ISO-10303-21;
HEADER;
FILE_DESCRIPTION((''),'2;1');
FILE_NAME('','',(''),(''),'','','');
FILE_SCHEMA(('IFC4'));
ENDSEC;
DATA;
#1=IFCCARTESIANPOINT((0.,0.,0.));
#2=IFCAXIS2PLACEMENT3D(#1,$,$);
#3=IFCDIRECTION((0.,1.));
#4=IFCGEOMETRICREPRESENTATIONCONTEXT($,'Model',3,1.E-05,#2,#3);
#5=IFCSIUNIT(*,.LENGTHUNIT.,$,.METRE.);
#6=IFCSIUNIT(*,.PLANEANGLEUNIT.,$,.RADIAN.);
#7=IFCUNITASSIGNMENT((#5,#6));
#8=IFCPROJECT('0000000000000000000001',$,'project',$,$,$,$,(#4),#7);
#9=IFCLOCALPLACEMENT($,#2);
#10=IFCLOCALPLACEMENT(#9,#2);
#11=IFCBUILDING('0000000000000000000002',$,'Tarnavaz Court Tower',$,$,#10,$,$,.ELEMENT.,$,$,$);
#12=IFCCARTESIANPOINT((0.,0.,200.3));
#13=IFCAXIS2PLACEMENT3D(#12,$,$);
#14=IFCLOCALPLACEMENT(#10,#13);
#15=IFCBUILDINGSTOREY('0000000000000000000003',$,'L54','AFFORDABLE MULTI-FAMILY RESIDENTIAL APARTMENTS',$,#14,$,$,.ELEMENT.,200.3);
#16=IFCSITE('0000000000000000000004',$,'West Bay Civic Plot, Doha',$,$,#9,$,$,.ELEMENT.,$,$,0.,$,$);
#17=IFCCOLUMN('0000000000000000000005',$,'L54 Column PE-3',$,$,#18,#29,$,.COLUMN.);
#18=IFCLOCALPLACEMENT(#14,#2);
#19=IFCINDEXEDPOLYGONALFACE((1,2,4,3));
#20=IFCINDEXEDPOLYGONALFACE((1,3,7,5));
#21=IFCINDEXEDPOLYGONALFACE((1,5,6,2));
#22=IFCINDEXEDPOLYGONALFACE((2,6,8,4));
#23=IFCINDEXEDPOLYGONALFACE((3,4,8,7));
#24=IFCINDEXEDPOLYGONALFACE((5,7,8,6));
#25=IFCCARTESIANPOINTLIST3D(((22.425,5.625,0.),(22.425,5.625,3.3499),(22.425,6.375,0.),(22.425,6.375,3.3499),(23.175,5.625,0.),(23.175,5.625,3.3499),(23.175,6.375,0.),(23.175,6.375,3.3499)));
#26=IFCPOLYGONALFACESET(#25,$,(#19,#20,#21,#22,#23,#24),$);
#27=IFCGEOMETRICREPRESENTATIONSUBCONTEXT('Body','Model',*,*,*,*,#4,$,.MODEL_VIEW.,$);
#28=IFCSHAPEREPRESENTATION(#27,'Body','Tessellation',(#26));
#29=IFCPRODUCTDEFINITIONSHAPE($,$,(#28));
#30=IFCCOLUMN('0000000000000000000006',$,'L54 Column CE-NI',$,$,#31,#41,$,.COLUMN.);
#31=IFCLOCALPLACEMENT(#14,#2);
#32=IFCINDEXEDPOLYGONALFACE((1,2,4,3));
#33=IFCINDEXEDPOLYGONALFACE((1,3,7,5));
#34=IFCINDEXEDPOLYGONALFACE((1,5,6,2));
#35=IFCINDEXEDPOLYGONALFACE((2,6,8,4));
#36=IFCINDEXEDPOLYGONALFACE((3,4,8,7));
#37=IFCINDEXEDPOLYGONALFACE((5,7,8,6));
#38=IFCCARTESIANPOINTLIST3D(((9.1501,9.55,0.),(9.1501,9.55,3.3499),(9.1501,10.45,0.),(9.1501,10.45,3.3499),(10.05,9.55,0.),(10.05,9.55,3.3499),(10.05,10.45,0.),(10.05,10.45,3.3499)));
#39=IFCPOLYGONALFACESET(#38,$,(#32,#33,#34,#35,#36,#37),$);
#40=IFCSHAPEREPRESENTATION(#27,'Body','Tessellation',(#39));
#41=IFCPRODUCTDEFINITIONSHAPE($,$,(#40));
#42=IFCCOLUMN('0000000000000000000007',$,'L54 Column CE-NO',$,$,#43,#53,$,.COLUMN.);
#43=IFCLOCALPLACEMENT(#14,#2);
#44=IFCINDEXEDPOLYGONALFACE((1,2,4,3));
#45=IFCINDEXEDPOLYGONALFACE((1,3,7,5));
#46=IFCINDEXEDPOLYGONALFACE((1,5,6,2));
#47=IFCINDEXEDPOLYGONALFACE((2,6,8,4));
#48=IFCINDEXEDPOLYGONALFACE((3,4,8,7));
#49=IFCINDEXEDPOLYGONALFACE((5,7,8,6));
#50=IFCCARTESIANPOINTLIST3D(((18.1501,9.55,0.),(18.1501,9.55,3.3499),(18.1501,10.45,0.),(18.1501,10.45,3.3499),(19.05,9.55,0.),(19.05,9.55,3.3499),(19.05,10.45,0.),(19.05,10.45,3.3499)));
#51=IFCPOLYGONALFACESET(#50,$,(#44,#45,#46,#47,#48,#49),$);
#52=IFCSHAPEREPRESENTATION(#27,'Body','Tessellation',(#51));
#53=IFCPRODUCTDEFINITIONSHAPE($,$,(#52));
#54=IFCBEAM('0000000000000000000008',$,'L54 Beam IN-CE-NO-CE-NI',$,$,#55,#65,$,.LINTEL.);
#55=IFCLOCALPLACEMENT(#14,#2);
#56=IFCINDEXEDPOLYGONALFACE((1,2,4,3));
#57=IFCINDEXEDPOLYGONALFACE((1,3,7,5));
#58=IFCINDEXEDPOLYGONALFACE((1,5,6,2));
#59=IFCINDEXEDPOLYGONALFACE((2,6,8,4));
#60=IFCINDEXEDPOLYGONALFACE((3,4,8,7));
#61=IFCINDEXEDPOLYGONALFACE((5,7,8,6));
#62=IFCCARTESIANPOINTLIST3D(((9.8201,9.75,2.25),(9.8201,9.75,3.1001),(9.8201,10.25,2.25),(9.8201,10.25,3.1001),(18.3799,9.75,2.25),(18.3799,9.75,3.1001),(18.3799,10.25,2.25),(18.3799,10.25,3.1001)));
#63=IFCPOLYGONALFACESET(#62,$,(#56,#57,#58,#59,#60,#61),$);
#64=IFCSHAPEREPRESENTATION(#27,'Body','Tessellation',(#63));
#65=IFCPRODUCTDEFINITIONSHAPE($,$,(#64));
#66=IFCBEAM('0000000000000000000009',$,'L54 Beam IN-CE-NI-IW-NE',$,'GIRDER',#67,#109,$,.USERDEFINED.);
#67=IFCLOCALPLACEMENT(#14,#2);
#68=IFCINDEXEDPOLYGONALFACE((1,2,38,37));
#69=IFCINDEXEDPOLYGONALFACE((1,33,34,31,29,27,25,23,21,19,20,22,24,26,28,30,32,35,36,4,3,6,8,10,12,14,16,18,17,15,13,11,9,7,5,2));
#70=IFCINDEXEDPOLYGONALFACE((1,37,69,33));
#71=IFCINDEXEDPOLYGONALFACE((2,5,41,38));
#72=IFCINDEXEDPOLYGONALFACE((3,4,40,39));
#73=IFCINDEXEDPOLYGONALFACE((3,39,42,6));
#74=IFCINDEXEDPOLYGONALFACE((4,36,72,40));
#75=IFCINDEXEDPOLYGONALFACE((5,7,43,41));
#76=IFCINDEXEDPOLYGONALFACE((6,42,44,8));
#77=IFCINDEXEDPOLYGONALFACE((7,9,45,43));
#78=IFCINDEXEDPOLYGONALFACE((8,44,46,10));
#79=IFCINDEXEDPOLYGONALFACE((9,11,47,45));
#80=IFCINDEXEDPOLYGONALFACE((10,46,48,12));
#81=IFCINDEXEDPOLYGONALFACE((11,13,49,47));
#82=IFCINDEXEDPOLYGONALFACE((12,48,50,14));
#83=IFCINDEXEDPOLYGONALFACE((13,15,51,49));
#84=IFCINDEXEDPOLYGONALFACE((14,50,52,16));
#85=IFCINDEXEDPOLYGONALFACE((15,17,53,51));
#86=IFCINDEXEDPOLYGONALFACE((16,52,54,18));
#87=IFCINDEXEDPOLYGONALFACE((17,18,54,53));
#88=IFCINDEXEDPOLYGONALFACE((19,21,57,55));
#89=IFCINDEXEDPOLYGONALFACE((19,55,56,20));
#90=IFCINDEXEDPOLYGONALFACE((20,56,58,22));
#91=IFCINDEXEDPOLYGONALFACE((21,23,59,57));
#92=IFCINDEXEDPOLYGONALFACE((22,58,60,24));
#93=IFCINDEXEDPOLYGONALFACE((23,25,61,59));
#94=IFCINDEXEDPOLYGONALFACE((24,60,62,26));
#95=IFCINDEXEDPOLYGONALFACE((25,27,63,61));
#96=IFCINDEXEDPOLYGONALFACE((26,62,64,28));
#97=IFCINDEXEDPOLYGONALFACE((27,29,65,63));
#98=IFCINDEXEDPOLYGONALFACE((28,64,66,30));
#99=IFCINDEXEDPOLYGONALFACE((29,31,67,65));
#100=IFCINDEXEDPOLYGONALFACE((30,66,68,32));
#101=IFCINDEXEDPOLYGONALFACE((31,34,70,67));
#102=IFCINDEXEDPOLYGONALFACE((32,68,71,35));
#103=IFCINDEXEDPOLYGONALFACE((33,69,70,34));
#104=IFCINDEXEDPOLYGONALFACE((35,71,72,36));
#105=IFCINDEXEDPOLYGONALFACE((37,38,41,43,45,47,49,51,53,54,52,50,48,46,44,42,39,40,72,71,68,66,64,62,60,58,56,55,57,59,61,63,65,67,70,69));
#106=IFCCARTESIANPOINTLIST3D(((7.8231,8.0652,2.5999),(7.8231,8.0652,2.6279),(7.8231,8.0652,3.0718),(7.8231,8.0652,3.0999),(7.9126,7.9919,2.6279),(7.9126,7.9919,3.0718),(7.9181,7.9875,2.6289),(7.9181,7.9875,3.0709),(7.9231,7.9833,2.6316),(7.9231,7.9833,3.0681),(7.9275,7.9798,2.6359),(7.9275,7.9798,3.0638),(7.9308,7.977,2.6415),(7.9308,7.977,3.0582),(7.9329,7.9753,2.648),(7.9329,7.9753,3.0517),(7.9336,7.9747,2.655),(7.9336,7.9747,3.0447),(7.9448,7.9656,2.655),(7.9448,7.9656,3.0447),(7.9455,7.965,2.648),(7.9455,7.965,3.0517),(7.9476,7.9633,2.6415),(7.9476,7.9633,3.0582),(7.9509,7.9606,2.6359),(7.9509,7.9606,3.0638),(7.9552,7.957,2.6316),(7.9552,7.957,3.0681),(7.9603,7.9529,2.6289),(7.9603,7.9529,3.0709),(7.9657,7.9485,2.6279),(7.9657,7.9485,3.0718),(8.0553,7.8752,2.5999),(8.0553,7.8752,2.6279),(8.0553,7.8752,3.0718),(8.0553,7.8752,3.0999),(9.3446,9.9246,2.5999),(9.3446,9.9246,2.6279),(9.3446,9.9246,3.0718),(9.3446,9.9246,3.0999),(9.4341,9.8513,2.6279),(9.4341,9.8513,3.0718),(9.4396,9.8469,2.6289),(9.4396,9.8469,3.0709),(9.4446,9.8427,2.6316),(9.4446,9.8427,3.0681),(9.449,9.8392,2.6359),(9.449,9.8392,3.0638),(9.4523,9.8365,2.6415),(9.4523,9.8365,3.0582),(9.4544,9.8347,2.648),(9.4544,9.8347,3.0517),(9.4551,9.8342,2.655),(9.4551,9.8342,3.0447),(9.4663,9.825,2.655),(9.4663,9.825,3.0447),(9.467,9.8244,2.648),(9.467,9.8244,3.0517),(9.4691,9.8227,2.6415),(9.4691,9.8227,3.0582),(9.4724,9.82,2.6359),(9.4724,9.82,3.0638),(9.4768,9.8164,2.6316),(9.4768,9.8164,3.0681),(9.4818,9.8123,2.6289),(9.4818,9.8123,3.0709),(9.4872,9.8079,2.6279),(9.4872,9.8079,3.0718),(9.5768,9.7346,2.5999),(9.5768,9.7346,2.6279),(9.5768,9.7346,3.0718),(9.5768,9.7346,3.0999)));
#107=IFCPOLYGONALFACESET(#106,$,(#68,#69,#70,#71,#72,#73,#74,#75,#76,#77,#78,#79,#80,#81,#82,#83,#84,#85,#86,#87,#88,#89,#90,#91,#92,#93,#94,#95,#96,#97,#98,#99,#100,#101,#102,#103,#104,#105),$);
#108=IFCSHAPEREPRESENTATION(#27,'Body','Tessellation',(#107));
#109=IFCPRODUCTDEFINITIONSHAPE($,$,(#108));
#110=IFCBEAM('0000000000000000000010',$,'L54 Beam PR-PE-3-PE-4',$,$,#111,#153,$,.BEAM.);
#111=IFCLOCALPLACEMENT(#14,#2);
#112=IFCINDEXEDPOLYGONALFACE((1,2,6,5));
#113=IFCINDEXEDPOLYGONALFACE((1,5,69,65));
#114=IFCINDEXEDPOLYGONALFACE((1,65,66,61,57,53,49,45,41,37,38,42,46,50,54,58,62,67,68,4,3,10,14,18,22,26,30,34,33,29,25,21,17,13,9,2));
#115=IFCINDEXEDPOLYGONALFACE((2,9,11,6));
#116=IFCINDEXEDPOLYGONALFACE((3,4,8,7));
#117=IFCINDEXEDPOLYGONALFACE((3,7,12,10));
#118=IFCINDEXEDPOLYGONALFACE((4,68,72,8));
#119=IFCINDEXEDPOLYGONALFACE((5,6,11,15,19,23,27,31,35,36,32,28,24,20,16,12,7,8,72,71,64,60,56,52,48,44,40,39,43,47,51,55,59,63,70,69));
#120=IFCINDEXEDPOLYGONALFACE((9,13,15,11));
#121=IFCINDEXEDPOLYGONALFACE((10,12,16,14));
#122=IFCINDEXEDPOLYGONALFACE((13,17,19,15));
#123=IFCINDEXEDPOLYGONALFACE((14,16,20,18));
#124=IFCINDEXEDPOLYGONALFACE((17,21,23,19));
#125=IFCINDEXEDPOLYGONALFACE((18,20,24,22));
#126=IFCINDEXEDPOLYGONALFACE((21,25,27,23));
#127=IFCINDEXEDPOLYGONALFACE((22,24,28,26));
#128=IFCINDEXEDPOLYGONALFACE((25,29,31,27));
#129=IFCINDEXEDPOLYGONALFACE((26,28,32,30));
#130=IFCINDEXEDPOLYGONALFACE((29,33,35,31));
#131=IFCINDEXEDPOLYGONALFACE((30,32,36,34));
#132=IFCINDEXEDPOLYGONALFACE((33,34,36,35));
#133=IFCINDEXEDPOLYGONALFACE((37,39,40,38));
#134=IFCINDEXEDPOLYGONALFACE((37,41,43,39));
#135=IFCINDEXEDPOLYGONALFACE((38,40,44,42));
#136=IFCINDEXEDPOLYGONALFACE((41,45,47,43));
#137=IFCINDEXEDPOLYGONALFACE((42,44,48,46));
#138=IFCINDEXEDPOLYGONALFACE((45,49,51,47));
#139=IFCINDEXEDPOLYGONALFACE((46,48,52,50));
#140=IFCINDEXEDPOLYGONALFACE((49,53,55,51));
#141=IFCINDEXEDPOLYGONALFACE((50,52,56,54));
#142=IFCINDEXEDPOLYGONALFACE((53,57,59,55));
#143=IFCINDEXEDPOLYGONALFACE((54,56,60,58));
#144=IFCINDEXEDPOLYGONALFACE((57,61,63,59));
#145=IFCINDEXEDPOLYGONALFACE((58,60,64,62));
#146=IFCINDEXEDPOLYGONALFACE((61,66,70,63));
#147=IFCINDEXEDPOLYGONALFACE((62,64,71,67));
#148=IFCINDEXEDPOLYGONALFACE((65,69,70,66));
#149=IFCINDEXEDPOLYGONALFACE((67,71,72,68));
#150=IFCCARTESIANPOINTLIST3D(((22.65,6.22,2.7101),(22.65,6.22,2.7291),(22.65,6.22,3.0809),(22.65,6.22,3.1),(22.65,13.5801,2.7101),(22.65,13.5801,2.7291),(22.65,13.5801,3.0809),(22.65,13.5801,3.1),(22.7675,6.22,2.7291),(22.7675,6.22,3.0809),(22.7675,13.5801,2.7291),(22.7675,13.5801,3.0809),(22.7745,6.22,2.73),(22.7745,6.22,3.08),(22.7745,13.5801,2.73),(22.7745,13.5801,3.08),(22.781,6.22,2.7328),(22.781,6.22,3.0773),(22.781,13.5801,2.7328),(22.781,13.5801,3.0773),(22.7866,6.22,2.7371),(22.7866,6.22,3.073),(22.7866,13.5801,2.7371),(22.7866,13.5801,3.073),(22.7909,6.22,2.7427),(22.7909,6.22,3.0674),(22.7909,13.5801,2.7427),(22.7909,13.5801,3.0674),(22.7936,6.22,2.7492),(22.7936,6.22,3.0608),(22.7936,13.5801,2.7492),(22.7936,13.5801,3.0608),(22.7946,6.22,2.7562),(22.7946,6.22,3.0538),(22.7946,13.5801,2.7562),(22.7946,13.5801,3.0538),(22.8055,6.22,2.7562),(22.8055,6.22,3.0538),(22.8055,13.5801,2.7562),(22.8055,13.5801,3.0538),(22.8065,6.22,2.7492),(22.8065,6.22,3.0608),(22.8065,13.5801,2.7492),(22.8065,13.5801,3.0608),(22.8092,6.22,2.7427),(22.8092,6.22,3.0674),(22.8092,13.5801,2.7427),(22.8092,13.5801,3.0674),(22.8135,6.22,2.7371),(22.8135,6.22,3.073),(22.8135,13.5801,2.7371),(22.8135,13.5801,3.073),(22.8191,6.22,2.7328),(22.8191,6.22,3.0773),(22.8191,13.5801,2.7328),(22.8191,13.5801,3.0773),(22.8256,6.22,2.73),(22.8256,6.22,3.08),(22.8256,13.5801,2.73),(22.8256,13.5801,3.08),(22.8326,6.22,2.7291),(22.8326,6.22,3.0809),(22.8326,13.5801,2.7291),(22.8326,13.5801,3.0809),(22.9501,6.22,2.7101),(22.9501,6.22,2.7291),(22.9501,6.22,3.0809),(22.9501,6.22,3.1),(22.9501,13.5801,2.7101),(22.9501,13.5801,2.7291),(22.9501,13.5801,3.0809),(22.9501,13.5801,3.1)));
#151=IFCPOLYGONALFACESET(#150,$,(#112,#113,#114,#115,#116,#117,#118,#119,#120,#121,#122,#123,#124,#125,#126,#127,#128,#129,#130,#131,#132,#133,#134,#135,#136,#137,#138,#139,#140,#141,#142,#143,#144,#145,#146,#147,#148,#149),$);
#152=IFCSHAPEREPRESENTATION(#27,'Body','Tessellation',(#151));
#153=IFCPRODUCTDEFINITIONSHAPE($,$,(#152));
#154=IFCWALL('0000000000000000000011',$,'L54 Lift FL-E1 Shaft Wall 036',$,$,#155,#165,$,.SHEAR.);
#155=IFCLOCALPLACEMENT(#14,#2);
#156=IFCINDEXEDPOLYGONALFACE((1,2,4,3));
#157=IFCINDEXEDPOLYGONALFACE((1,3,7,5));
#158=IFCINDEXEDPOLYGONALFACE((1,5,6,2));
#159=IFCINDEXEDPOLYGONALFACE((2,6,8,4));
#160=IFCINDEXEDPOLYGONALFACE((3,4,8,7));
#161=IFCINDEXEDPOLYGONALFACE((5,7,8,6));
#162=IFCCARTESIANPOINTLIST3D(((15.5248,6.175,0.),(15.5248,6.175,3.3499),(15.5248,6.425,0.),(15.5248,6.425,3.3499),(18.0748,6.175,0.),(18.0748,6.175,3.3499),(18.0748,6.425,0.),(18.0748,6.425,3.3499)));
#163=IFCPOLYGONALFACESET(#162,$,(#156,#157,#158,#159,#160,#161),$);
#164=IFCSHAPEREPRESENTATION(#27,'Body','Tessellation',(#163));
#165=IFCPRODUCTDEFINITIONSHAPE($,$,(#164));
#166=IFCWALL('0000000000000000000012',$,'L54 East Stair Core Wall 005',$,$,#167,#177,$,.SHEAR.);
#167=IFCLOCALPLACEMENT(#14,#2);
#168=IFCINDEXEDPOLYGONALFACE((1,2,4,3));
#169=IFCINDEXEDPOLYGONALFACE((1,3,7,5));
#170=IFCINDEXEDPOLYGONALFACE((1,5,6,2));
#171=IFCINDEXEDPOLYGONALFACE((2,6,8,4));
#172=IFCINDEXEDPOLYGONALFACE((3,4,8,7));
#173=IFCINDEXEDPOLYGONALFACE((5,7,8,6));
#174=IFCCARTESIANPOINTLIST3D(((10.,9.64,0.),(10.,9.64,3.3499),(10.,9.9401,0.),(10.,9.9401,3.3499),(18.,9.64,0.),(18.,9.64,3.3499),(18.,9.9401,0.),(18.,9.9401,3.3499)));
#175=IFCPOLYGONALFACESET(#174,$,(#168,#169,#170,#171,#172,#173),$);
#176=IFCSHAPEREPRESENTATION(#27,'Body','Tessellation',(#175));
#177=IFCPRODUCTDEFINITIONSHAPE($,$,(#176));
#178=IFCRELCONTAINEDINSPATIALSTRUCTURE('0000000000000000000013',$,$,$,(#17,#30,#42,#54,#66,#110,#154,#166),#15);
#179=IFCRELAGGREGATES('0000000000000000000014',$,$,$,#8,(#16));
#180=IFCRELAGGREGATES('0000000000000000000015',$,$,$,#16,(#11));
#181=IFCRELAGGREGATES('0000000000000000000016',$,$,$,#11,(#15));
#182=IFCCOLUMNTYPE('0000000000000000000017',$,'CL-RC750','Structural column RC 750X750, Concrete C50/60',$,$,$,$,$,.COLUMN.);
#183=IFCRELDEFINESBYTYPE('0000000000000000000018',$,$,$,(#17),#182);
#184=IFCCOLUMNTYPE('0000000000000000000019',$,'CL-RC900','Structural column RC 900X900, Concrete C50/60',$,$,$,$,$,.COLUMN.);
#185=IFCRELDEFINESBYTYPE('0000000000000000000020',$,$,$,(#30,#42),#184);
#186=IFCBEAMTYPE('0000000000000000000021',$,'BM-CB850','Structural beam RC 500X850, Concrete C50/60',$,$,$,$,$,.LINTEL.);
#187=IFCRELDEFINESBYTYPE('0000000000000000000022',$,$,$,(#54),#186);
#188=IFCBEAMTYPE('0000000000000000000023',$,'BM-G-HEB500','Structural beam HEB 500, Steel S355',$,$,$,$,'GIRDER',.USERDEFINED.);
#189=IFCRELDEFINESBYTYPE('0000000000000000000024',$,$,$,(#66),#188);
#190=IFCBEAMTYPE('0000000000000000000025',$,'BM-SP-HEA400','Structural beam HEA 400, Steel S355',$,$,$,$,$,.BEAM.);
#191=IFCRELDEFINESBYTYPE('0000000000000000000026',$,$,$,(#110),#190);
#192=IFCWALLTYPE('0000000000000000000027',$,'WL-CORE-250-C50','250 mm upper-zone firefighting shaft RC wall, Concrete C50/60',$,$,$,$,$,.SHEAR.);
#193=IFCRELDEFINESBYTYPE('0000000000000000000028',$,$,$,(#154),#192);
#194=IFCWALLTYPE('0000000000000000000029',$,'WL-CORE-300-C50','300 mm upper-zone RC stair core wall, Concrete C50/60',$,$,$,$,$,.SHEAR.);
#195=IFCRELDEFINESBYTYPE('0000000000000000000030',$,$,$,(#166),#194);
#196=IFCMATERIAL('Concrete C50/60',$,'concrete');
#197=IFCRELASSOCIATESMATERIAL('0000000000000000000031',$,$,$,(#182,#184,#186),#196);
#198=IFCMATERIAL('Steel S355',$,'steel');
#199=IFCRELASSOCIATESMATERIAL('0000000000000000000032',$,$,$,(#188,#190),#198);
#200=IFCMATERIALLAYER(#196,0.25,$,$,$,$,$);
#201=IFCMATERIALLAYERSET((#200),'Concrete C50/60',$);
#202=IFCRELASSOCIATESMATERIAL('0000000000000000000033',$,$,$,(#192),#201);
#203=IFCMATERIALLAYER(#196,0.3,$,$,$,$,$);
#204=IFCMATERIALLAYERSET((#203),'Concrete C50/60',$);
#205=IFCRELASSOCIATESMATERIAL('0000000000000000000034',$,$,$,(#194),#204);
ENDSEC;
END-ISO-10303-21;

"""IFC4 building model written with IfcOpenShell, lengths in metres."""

from ifc_helpers import new_model, si_unit, direction, frame, frame_2d, origin, origin_2d, place, context, subcontext, project, spatial, rectangle, i_section, extrude, material, layer, layer_set, material_profile, profile_set, type_object, element, save


model = new_model("IFC4")

# Units and contexts
model_context = context("Model", 3, precision=1e-05, world=origin(), true_north=direction((0.0, 1.0)))
body_context = subcontext(model_context, "Body", "Model", "MODEL_VIEW")
ifc_project = project(units=[si_unit("LENGTHUNIT", "METRE"), si_unit("PLANEANGLEUNIT", "RADIAN")], contexts=[model_context])

# Site, building, storey
site_placement = place(None, origin())
site = spatial("IfcSite", under=ifc_project, at=site_placement, Name="West Bay Civic Plot, Doha", CompositionType="ELEMENT", RefElevation=0.0)
building_placement = place(site_placement, origin())
building = spatial("IfcBuilding", under=site, at=building_placement, Name="Tarnavaz Court Tower", CompositionType="ELEMENT")
storey_placement = place(building_placement, frame((0.0, 0.0, 200.3)))
storey = spatial("IfcBuildingStorey", under=building, at=storey_placement, Name="L54", Description="AFFORDABLE MULTI-FAMILY RESIDENTIAL APARTMENTS", CompositionType="ELEMENT", Elevation=200.3)

# Columns
ifc_material_1 = material(Name="Concrete C50/60", Category="concrete")
ifc_material_profile_1 = material_profile(ifc_material_1, rectangle(XDim=0.75, YDim=0.75, at=origin_2d()), Name="RC 750X750")
ifc_profile_set_1 = profile_set([ifc_material_profile_1], Name="Concrete C50/60")
column_type_1 = type_object("IfcColumnType", Name="CL-RC750", Description="Structural column RC 750X750, Concrete C50/60", PredefinedType="COLUMN", material=ifc_profile_set_1)
column_placement = place(storey_placement, frame((22.8, 6.0, 0.0), z_axis=(0.0, 0.0, 1.0), x_axis=(1.0, 0.0, 0.0)))
element("IfcColumn", 1, at=column_placement, inside=storey, type_object=column_type_1, Name="L54 Column PE-3", PredefinedType="COLUMN", context=body_context, shape_type="SweptSolid", body=[
    extrude(rectangle(XDim=0.75, YDim=0.75, at=origin_2d()), origin(), (0.0, 0.0, 1.0), 3.3499),
])
ifc_material_profile_2 = material_profile(ifc_material_1, rectangle(XDim=0.8999, YDim=0.8999, at=origin_2d()), Name="RC 900X900")
ifc_profile_set_2 = profile_set([ifc_material_profile_2], Name="Concrete C50/60")
column_type_2 = type_object("IfcColumnType", Name="CL-RC900", Description="Structural column RC 900X900, Concrete C50/60", PredefinedType="COLUMN", material=ifc_profile_set_2)
for number, where, z_axis, x_axis, name in (
    (2, (9.6001, 10.0, 0.0), (0.0, 0.0, 1.0), (1.0, 0.0, 0.0), "L54 Column CE-NI"),
    (3, (18.6001, 10.0, 0.0), (0.0, 0.0, 1.0), (1.0, 0.0, 0.0), "L54 Column CE-NO"),
):
    element("IfcColumn", number, at=place(storey_placement, frame(where, z_axis=z_axis, x_axis=x_axis)), inside=storey, type_object=column_type_2, Name=name, PredefinedType="COLUMN", context=body_context, shape_type="SweptSolid", body=[
        extrude(rectangle(XDim=0.8999, YDim=0.8999, at=origin_2d()), origin(), (0.0, 0.0, 1.0), 3.3499),
    ])

# Beams
ifc_material_profile_3 = material_profile(ifc_material_1, rectangle(XDim=0.5, YDim=0.8501, at=origin_2d()), Name="RC 500X850")
ifc_profile_set_3 = profile_set([ifc_material_profile_3], Name="Concrete C50/60")
beam_type_1 = type_object("IfcBeamType", Name="BM-CB850", Description="Structural beam RC 500X850, Concrete C50/60", PredefinedType="LINTEL", material=ifc_profile_set_3)
beam_1_placement = place(storey_placement, frame((18.3799, 10.0, 2.675), z_axis=(-1.0, 0.0, 0.0), x_axis=(0.0, -1.0, 0.0)))
element("IfcBeam", 4, at=beam_1_placement, inside=storey, type_object=beam_type_1, Name="L54 Beam IN-CE-NO-CE-NI", PredefinedType="LINTEL", context=body_context, shape_type="SweptSolid", body=[
    extrude(rectangle(XDim=0.5, YDim=0.8501, at=origin_2d()), origin(), (0.0, 0.0, 1.0), 8.5598),
])
ifc_material_2 = material(Name="Steel S355", Category="steel")
ifc_material_profile_4 = material_profile(ifc_material_2, i_section(OverallWidth=0.3, OverallDepth=0.5, WebThickness=0.0144, FlangeThickness=0.0281, FilletRadius=0.0271, at=origin_2d()), Name="HEB 500")
ifc_profile_set_4 = profile_set([ifc_material_profile_4], Name="Steel S355")
beam_type_2 = type_object("IfcBeamType", Name="BM-G-HEB500", Description="Structural beam HEB 500, Steel S355", ElementType="GIRDER", PredefinedType="USERDEFINED", material=ifc_profile_set_4)
beam_2_placement = place(storey_placement, frame((9.4607, 9.8296, 2.8499), z_axis=(-0.633282, -0.773921, 0.0), x_axis=(0.773921, -0.633282, 0.0)))
element("IfcBeam", 5, at=beam_2_placement, inside=storey, type_object=beam_type_2, Name="L54 Beam IN-CE-NI-IW-NE", ObjectType="GIRDER", PredefinedType="USERDEFINED", context=body_context, shape_type="SweptSolid", body=[
    extrude(i_section(OverallWidth=0.3, OverallDepth=0.5, WebThickness=0.0144, FlangeThickness=0.0281, FilletRadius=0.0271, at=origin_2d()), origin(), (0.0, 0.0, 1.0), 2.4026),
])
ifc_material_profile_5 = material_profile(ifc_material_2, i_section(OverallWidth=0.3, OverallDepth=0.3899, WebThickness=0.011, FlangeThickness=0.019, FilletRadius=0.0271, at=origin_2d()), Name="HEA 400")
ifc_profile_set_5 = profile_set([ifc_material_profile_5], Name="Steel S355")
beam_type_3 = type_object("IfcBeamType", Name="BM-SP-HEA400", Description="Structural beam HEA 400, Steel S355", PredefinedType="BEAM", material=ifc_profile_set_5)
beam_3_placement = place(storey_placement, frame((22.8, 6.22, 2.905), z_axis=(0.0, 1.0, 0.0), x_axis=(-1.0, 0.0, 0.0)))
element("IfcBeam", 6, at=beam_3_placement, inside=storey, type_object=beam_type_3, Name="L54 Beam PR-PE-3-PE-4", PredefinedType="BEAM", context=body_context, shape_type="SweptSolid", body=[
    extrude(i_section(OverallWidth=0.3, OverallDepth=0.3899, WebThickness=0.011, FlangeThickness=0.019, FilletRadius=0.0271, at=origin_2d()), origin(), (0.0, 0.0, 1.0), 7.3601),
])

# Walls
ifc_layer_1 = layer(ifc_material_1, 0.25)
ifc_layer_set_1 = layer_set([ifc_layer_1], Name="Concrete C50/60")
wall_type_1 = type_object("IfcWallType", Name="WL-CORE-250-C50", Description="250 mm upper-zone firefighting shaft RC wall, Concrete C50/60", PredefinedType="SHEAR", material=ifc_layer_set_1)
wall_1_placement = place(storey_placement, frame((15.5249, 6.3, 0.0), z_axis=(0.0, 0.0, 1.0), x_axis=(1.0, 0.0, 0.0)))
element("IfcWall", 7, at=wall_1_placement, inside=storey, type_object=wall_type_1, Name="L54 Lift FL-E1 Shaft Wall 036", PredefinedType="SHEAR", context=body_context, shape_type="SweptSolid", body=[
    extrude(rectangle(XDim=2.55, YDim=0.25, at=frame_2d((1.2749, 0.0))), origin(), (0.0, 0.0, 1.0), 3.3499),
])
ifc_layer_2 = layer(ifc_material_1, 0.3)
ifc_layer_set_2 = layer_set([ifc_layer_2], Name="Concrete C50/60")
wall_type_2 = type_object("IfcWallType", Name="WL-CORE-300-C50", Description="300 mm upper-zone RC stair core wall, Concrete C50/60", PredefinedType="SHEAR", material=ifc_layer_set_2)
wall_2_placement = place(storey_placement, frame((10.0, 9.79, 0.0), z_axis=(0.0, 0.0, 1.0), x_axis=(1.0, 0.0, 0.0)))
element("IfcWall", 8, at=wall_2_placement, inside=storey, type_object=wall_type_2, Name="L54 East Stair Core Wall 005", PredefinedType="SHEAR", context=body_context, shape_type="SweptSolid", body=[
    extrude(rectangle(XDim=8.0, YDim=0.3, at=frame_2d((4.0, 0.0))), origin(), (0.0, 0.0, 1.0), 3.3499),
])

save(model, "model.ifc")
